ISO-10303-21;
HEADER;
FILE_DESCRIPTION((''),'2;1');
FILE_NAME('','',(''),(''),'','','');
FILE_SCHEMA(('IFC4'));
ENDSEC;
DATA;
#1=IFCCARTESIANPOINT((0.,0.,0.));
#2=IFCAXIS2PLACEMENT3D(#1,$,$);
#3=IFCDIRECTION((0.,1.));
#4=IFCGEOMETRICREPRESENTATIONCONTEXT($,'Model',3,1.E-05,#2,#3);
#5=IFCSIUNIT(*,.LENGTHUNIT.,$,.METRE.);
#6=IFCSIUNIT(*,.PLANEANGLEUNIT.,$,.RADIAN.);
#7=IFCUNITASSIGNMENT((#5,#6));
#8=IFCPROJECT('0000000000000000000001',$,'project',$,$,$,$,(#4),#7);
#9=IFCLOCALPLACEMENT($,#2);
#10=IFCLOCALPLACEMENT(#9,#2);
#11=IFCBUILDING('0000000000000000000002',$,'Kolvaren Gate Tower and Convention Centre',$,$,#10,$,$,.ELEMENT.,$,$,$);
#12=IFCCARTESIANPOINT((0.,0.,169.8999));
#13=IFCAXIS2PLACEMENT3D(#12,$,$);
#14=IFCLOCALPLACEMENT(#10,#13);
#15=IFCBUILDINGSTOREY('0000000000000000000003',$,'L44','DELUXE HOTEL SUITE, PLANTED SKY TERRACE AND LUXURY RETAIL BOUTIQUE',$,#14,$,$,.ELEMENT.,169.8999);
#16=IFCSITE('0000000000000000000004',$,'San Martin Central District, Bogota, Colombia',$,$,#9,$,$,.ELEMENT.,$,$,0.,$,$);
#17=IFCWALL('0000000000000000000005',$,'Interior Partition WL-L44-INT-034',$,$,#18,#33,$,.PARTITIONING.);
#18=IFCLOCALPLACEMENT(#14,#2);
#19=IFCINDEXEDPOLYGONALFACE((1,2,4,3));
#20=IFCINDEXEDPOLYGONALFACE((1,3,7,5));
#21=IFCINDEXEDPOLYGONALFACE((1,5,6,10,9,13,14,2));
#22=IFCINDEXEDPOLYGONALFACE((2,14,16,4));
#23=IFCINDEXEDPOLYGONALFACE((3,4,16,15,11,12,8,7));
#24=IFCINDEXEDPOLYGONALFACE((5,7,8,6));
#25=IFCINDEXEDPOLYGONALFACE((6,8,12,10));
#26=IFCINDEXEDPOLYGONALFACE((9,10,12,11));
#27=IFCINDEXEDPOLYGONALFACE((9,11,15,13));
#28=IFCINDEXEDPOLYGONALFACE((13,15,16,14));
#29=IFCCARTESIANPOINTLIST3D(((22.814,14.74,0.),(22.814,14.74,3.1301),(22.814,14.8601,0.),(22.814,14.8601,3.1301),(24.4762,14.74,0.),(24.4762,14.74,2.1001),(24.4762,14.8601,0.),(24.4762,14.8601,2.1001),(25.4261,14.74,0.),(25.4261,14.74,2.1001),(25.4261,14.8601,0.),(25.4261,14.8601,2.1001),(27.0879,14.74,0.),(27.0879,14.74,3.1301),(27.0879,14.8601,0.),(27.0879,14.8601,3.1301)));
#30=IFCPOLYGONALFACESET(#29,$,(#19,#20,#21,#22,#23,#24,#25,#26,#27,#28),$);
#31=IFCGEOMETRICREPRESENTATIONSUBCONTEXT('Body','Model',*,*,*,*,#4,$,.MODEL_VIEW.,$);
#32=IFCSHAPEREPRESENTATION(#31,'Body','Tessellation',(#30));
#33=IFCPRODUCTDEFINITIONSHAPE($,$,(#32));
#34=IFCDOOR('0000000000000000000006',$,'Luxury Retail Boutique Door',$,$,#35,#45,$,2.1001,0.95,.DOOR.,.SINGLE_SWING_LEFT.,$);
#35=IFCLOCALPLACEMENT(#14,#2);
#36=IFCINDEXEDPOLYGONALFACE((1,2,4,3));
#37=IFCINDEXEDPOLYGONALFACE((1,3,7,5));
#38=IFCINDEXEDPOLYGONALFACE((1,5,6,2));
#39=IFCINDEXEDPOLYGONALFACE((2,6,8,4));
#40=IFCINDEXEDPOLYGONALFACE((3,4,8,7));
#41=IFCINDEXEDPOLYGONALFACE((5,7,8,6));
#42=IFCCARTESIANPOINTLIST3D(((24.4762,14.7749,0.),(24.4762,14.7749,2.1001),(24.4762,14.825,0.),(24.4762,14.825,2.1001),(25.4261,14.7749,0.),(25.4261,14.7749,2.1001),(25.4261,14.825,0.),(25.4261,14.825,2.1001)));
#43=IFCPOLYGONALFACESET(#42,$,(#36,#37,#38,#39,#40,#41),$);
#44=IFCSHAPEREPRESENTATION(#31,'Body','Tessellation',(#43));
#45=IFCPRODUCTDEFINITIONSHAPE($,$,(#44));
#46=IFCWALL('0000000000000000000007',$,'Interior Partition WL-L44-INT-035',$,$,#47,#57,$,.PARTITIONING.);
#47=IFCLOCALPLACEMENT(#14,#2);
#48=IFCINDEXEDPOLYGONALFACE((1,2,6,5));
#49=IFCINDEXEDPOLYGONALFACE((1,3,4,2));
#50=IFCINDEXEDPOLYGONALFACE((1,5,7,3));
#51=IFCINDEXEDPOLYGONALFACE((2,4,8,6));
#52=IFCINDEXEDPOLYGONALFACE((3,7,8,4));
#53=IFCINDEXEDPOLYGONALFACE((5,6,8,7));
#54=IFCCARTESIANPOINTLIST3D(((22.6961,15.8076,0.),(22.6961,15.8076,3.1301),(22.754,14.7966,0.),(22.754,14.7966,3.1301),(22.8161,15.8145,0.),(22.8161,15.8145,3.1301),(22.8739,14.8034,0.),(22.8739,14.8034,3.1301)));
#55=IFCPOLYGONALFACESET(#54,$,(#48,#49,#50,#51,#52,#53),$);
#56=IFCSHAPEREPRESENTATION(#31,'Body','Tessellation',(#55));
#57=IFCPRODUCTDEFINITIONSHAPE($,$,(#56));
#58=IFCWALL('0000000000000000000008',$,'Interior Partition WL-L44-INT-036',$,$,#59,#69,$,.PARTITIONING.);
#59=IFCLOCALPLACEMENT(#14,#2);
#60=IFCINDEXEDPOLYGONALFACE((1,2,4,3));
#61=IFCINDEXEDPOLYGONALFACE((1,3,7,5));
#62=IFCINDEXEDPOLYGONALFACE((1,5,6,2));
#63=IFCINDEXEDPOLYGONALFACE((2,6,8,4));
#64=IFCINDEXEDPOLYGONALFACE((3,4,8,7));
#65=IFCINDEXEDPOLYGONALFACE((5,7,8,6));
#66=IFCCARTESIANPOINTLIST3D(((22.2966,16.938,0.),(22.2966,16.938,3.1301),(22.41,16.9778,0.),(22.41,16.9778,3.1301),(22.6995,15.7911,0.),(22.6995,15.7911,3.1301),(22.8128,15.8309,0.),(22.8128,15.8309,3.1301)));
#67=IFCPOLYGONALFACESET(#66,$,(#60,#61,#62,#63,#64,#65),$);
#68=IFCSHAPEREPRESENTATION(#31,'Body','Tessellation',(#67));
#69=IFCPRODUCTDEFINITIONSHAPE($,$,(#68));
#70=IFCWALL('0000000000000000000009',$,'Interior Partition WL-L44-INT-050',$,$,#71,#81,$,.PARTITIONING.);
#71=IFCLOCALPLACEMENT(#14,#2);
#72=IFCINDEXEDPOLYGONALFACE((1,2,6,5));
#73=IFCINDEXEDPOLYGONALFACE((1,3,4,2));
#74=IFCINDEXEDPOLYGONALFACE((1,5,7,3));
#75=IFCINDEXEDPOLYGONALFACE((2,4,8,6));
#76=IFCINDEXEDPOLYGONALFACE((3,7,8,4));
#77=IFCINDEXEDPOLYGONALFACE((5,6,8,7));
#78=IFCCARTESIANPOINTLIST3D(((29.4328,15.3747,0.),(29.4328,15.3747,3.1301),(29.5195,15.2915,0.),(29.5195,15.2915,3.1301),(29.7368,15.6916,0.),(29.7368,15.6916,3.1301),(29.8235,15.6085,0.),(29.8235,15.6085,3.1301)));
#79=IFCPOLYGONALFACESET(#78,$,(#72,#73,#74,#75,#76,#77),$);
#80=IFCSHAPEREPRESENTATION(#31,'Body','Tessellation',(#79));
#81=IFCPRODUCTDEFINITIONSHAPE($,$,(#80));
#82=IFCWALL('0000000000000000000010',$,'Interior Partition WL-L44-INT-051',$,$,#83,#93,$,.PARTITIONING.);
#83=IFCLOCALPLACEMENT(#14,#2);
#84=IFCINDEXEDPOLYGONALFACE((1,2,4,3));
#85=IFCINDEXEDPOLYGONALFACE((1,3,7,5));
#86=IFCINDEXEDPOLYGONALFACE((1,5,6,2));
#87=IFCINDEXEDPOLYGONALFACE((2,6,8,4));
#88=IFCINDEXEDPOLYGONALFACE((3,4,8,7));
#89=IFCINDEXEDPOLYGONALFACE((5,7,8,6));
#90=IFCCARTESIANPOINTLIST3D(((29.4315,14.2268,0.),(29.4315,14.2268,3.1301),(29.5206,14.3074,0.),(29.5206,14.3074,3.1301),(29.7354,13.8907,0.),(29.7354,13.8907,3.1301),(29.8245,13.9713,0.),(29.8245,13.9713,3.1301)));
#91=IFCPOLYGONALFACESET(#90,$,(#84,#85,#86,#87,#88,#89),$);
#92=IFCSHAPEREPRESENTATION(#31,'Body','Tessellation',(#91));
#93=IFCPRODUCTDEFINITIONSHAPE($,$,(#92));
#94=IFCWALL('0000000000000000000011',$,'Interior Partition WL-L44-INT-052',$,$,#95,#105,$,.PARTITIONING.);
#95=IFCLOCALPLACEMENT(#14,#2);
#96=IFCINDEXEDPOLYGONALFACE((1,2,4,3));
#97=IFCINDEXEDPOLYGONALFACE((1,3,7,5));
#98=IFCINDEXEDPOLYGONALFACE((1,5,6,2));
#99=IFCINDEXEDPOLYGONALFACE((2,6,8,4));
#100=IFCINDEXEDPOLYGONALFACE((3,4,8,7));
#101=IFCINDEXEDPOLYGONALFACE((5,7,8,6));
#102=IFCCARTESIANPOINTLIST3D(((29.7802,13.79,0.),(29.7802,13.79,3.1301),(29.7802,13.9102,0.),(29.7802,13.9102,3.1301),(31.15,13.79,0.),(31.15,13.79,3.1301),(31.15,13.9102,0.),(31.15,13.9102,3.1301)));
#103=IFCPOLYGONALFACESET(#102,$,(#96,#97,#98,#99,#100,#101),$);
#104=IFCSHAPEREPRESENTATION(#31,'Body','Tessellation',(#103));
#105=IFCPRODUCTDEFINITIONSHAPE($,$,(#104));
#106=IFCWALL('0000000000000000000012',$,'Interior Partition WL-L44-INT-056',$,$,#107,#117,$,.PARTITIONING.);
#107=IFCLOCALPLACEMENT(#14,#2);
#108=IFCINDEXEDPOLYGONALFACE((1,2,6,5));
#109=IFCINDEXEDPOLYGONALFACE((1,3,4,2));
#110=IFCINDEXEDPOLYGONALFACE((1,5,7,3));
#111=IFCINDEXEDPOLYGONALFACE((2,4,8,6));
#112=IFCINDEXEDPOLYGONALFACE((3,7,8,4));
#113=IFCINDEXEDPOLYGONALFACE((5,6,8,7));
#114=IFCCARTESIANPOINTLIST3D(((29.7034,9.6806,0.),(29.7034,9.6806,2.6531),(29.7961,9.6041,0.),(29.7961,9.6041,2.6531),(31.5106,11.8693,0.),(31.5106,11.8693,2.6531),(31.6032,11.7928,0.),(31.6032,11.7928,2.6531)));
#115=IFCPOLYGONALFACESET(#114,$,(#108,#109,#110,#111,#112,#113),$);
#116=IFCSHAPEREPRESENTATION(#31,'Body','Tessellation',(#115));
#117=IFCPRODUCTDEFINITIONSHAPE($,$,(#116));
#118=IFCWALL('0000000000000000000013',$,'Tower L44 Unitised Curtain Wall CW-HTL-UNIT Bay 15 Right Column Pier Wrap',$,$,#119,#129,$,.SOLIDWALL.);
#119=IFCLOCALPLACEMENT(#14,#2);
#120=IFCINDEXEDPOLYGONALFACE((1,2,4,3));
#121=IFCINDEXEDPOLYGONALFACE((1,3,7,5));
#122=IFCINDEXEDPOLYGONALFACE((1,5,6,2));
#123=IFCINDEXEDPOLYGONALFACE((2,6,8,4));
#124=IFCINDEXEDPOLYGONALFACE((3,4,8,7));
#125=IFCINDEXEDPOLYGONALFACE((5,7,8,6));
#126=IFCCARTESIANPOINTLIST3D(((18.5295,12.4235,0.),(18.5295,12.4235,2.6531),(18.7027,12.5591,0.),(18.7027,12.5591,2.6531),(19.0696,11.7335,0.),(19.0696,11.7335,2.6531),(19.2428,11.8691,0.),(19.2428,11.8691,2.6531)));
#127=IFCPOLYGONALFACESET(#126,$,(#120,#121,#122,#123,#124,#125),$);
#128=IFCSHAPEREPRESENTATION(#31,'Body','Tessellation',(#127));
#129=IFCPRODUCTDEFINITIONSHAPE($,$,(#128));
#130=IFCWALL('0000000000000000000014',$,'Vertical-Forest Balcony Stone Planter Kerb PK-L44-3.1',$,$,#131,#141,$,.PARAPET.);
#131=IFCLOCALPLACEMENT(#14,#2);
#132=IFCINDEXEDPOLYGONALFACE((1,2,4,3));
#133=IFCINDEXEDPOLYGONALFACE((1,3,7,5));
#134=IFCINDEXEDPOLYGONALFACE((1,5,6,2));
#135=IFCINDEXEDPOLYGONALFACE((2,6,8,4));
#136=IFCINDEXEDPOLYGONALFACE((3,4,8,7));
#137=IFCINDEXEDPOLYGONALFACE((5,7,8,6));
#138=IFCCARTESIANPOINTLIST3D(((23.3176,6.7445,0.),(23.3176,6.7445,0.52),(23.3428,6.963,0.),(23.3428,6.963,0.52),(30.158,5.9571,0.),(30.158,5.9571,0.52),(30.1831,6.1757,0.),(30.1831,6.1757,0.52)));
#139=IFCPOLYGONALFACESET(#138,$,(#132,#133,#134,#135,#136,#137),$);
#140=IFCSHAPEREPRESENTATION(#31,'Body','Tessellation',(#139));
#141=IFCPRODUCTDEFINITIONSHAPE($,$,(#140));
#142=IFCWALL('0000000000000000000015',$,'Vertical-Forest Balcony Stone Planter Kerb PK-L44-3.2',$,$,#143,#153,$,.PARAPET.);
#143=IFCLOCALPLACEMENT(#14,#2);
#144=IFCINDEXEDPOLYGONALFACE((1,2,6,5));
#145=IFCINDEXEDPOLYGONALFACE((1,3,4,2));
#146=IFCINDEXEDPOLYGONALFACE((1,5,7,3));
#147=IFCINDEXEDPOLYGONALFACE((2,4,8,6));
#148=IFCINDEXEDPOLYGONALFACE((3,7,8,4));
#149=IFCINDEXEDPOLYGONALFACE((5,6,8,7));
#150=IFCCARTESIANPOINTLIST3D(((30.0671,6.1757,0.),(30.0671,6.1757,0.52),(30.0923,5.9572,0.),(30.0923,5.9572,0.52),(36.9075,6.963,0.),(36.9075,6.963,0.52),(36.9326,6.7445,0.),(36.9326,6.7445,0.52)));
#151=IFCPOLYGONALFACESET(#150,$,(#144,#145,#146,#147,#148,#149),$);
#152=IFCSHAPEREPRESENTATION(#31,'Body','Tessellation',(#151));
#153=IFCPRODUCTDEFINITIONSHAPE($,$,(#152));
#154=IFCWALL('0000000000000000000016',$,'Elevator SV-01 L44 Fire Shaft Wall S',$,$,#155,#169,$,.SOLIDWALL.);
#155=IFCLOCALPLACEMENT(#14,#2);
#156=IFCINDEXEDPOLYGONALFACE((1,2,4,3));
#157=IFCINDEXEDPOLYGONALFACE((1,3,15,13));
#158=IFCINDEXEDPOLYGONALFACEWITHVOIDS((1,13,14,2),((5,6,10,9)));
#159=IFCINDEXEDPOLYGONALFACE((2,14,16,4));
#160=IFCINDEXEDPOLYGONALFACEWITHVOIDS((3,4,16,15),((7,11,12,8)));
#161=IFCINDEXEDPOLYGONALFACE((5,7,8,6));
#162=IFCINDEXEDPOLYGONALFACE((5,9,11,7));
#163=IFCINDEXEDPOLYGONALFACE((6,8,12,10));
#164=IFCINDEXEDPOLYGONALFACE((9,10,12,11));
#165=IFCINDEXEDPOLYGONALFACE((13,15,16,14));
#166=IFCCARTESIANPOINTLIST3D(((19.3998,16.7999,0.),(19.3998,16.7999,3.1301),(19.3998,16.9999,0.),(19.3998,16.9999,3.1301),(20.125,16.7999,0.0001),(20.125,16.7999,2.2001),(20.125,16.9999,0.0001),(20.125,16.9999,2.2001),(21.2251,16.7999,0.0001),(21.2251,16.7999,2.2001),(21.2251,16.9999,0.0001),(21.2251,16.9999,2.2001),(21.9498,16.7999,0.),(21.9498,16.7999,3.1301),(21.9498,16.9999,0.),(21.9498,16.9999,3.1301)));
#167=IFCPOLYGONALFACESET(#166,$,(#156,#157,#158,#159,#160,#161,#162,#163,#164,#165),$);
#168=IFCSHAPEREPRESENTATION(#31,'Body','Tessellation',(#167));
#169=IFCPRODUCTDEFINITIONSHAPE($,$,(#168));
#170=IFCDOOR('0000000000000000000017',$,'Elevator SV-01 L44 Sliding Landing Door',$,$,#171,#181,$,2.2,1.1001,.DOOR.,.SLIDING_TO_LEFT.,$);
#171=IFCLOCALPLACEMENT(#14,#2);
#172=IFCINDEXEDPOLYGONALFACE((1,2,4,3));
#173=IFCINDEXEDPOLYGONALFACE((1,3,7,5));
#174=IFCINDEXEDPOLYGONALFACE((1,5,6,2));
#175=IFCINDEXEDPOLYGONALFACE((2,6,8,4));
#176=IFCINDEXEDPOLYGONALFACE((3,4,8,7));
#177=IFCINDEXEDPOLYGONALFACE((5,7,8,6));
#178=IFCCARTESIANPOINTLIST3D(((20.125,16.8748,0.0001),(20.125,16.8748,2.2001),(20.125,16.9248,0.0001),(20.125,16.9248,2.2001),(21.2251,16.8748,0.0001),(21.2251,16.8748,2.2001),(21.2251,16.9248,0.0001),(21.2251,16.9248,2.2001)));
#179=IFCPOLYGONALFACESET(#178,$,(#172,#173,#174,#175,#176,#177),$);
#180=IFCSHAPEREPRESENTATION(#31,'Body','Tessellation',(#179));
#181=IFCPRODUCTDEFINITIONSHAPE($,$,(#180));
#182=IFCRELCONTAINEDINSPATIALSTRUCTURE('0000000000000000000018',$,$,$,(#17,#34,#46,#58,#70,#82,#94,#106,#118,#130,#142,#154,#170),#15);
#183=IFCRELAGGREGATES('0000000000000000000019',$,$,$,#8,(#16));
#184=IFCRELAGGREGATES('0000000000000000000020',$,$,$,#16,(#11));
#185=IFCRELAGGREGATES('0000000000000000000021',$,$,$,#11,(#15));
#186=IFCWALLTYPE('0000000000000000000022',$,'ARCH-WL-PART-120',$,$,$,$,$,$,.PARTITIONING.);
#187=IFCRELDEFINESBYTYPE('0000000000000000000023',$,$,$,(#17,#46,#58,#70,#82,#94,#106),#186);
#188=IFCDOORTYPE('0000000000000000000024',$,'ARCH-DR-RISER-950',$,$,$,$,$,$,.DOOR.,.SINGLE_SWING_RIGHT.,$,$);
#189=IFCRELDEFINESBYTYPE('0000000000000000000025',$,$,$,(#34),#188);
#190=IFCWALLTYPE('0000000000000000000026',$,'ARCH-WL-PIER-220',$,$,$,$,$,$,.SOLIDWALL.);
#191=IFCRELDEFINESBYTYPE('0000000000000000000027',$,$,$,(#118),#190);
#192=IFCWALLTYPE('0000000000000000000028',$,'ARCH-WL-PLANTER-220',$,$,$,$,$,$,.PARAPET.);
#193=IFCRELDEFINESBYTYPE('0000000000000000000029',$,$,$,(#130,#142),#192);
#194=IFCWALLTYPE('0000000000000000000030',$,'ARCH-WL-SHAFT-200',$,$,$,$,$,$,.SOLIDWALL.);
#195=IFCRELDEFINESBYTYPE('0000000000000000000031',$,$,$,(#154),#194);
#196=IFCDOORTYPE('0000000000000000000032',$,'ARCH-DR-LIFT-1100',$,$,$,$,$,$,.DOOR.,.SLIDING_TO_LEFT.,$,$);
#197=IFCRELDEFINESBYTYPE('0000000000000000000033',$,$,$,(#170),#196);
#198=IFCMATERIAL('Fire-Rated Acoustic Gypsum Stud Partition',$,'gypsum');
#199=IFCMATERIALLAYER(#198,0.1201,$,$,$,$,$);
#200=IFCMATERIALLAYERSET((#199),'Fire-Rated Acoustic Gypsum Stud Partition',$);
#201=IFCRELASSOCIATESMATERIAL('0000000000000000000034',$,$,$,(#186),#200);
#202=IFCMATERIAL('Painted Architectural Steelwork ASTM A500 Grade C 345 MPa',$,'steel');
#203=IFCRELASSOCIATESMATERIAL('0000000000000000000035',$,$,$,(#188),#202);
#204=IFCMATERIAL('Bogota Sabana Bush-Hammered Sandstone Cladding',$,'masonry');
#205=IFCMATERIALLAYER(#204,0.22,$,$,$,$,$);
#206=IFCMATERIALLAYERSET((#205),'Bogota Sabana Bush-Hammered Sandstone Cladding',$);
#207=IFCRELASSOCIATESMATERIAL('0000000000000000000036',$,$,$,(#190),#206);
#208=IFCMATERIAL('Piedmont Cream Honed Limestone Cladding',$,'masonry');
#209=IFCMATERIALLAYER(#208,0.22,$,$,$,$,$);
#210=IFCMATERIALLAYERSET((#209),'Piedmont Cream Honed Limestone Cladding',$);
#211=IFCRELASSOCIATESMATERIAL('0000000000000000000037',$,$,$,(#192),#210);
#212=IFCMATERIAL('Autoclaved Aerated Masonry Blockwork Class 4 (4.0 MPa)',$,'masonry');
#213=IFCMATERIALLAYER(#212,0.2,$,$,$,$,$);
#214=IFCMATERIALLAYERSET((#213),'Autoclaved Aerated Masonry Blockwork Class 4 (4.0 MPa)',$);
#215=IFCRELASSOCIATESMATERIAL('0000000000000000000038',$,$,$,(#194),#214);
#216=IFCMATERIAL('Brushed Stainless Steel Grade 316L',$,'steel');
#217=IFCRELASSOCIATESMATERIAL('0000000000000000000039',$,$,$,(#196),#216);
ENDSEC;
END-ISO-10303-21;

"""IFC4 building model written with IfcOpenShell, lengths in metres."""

from ifc_helpers import new_model, si_unit, direction, frame, frame_2d, origin, place, context, subcontext, project, spatial, rectangle, extrude, material, layer, layer_set, type_object, element, fill, save


model = new_model("IFC4")

# Units and contexts
model_context = context("Model", 3, precision=1e-05, world=origin(), true_north=direction((0.0, 1.0)))
body_context = subcontext(model_context, "Body", "Model", "MODEL_VIEW")
ifc_project = project(units=[si_unit("LENGTHUNIT", "METRE"), si_unit("PLANEANGLEUNIT", "RADIAN")], contexts=[model_context])

# Site, building, storey
site_placement = place(None, origin())
site = spatial("IfcSite", under=ifc_project, at=site_placement, Name="San Martin Central District, Bogota, Colombia", CompositionType="ELEMENT", RefElevation=0.0)
building_placement = place(site_placement, origin())
building = spatial("IfcBuilding", under=site, at=building_placement, Name="Kolvaren Gate Tower and Convention Centre", CompositionType="ELEMENT")
storey_placement = place(building_placement, frame((0.0, 0.0, 169.8999)))
storey = spatial("IfcBuildingStorey", under=building, at=storey_placement, Name="L44", Description="DELUXE HOTEL SUITE, PLANTED SKY TERRACE AND LUXURY RETAIL BOUTIQUE", CompositionType="ELEMENT", Elevation=169.8999)

# Shared definitions
ifc_material_1 = material(Name="Fire-Rated Acoustic Gypsum Stud Partition", Category="gypsum")
ifc_layer_1 = layer(ifc_material_1, 0.1201)
ifc_layer_set_1 = layer_set([ifc_layer_1], Name="Fire-Rated Acoustic Gypsum Stud Partition")
wall_type_1 = type_object("IfcWallType", Name="ARCH-WL-PART-120", PredefinedType="PARTITIONING", material=ifc_layer_set_1)

# Wall, opening, door
wall_1_placement = place(storey_placement, frame((22.814, 14.8, 0.0), z_axis=(0.0, 0.0, 1.0), x_axis=(1.0, 0.0, 0.0)))
wall_1 = element("IfcWall", 1, at=wall_1_placement, inside=storey, type_object=wall_type_1, Name="Interior Partition WL-L44-INT-034", PredefinedType="PARTITIONING", context=body_context, shape_type="SweptSolid", body=[
    extrude(rectangle(XDim=4.2739, YDim=0.1201, at=frame_2d((2.137, 0.0))), origin(), (0.0, 0.0, 1.0), 3.1301),
])
opening_1_placement = place(wall_1_placement, frame((1.6621, 0.0, 0.0)))
opening_1 = element("IfcOpeningElement", 2, at=opening_1_placement, cuts=wall_1, PredefinedType="OPENING", context=body_context, shape_type="SweptSolid", body=[
    extrude(rectangle(XDim=0.95, YDim=2.1001, at=frame_2d((0.4751, 1.05))), frame((0.0, 0.0701, 0.0), z_axis=(0.0, -1.0, 0.0), x_axis=(1.0, 0.0, 0.0)), (0.0, 0.0, 1.0), 0.1401),
])
ifc_material_2 = material(Name="Painted Architectural Steelwork ASTM A500 Grade C 345 MPa", Category="steel")
door_type_1 = type_object("IfcDoorType", Name="ARCH-DR-RISER-950", OperationType="SINGLE_SWING_RIGHT", PredefinedType="DOOR", material=ifc_material_2)
door_1_placement = place(opening_1_placement, origin())
door_1 = element("IfcDoor", 3, at=door_1_placement, inside=storey, type_object=door_type_1, Name="Luxury Retail Boutique Door", OperationType="SINGLE_SWING_LEFT", OverallHeight=2.1001, OverallWidth=0.95, PredefinedType="DOOR", context=body_context, shape_type="SweptSolid", body=[
    extrude(rectangle(XDim=0.95, YDim=2.1001, at=frame_2d((0.4751, 1.05))), frame((0.0, 0.0249, 0.0), z_axis=(0.0, -1.0, 0.0), x_axis=(1.0, 0.0, 0.0)), (0.0, 0.0, 1.0), 0.05),
])
fill(opening_1, door_1)

# Walls
wall_2_placement = place(storey_placement, frame((22.7561, 15.811, 0.0), z_axis=(0.0, 0.0, 1.0), x_axis=(0.057139, -0.998366, 0.0)))
element("IfcWall", 4, at=wall_2_placement, inside=storey, type_object=wall_type_1, Name="Interior Partition WL-L44-INT-035", PredefinedType="PARTITIONING", context=body_context, shape_type="SweptSolid", body=[
    extrude(rectangle(XDim=1.0127, YDim=0.1201, at=frame_2d((0.5063, 0.0))), origin(), (0.0, 0.0, 1.0), 3.1301),
])
wall_3_placement = place(storey_placement, frame((22.3533, 16.958, 0.0), z_axis=(0.0, 0.0, 1.0), x_axis=(0.33137, -0.943501, 0.0)))
element("IfcWall", 5, at=wall_3_placement, inside=storey, type_object=wall_type_1, Name="Interior Partition WL-L44-INT-036", PredefinedType="PARTITIONING", context=body_context, shape_type="SweptSolid", body=[
    extrude(rectangle(XDim=1.2156, YDim=0.1201, at=frame_2d((0.6079, 0.0))), origin(), (0.0, 0.0, 1.0), 3.1301),
])
wall_4_placement = place(storey_placement, frame((29.4761, 15.333, 0.0), z_axis=(0.0, 0.0, 1.0), x_axis=(0.692219, 0.721687, 0.0)))
element("IfcWall", 6, at=wall_4_placement, inside=storey, type_object=wall_type_1, Name="Interior Partition WL-L44-INT-050", PredefinedType="PARTITIONING", context=body_context, shape_type="SweptSolid", body=[
    extrude(rectangle(XDim=0.4392, YDim=0.1201, at=frame_2d((0.2197, 0.0))), origin(), (0.0, 0.0, 1.0), 3.1301),
])
wall_5_placement = place(storey_placement, frame((29.4761, 14.2671, 0.0), z_axis=(0.0, 0.0, 1.0), x_axis=(0.670659, -0.741765, 0.0)))
element("IfcWall", 7, at=wall_5_placement, inside=storey, type_object=wall_type_1, Name="Interior Partition WL-L44-INT-051", PredefinedType="PARTITIONING", context=body_context, shape_type="SweptSolid", body=[
    extrude(rectangle(XDim=0.4531, YDim=0.1201, at=frame_2d((0.2266, 0.0))), origin(), (0.0, 0.0, 1.0), 3.1301),
])
wall_6_placement = place(storey_placement, frame((29.78, 13.8501, 0.0), z_axis=(0.0, 0.0, 1.0), x_axis=(1.0, 0.0, 0.0)))
element("IfcWall", 8, at=wall_6_placement, inside=storey, type_object=wall_type_1, Name="Interior Partition WL-L44-INT-052", PredefinedType="PARTITIONING", context=body_context, shape_type="SweptSolid", body=[
    extrude(rectangle(XDim=1.3699, YDim=0.1201, at=frame_2d((0.6851, 0.0))), origin(), (0.0, 0.0, 1.0), 3.1301),
])
wall_7_placement = place(storey_placement, frame((29.7498, 9.6423, 0.0), z_axis=(0.0, 0.0, 1.0), x_axis=(0.636684, 0.771125, 0.0)))
element("IfcWall", 9, at=wall_7_placement, inside=storey, type_object=wall_type_1, Name="Interior Partition WL-L44-INT-056", PredefinedType="PARTITIONING", context=body_context, shape_type="SweptSolid", body=[
    extrude(rectangle(XDim=2.8384, YDim=0.1201, at=frame_2d((1.4192, 0.0))), origin(), (0.0, 0.0, 1.0), 2.6531),
])
ifc_material_3 = material(Name="Bogota Sabana Bush-Hammered Sandstone Cladding", Category="masonry")
ifc_layer_2 = layer(ifc_material_3, 0.22)
ifc_layer_set_2 = layer_set([ifc_layer_2], Name="Bogota Sabana Bush-Hammered Sandstone Cladding")
wall_type_2 = type_object("IfcWallType", Name="ARCH-WL-PIER-220", PredefinedType="SOLIDWALL", material=ifc_layer_set_2)
wall_8_placement = place(storey_placement, frame((18.6162, 12.4912, 0.0), z_axis=(0.0, 0.0, 1.0), x_axis=(0.616368, -0.787458, 0.0)))
element("IfcWall", 10, at=wall_8_placement, inside=storey, type_object=wall_type_2, Name="Tower L44 Unitised Curtain Wall CW-HTL-UNIT Bay 15 Right Column Pier Wrap", PredefinedType="SOLIDWALL", context=body_context, shape_type="SweptSolid", body=[
    extrude(rectangle(XDim=0.8762, YDim=0.22, at=frame_2d((0.438, 0.0))), origin(), (0.0, 0.0, 1.0), 2.6531),
])
ifc_material_4 = material(Name="Piedmont Cream Honed Limestone Cladding", Category="masonry")
ifc_layer_3 = layer(ifc_material_4, 0.22)
ifc_layer_set_3 = layer_set([ifc_layer_3], Name="Piedmont Cream Honed Limestone Cladding")
wall_type_3 = type_object("IfcWallType", Name="ARCH-WL-PLANTER-220", PredefinedType="PARAPET", material=ifc_layer_set_3)
for number, where, z_axis, x_axis, name in (
    (11, (23.3301, 6.8538, 0.0), (0.0, 0.0, 1.0), (0.993441, -0.11435, 0.0), "Vertical-Forest Balcony Stone Planter Kerb PK-L44-3.1"),
    (12, (30.0796, 6.0664, 0.0), (0.0, 0.0, 1.0), (0.993441, 0.11435, 0.0), "Vertical-Forest Balcony Stone Planter Kerb PK-L44-3.2"),
):
    element("IfcWall", number, at=place(storey_placement, frame(where, z_axis=z_axis, x_axis=x_axis)), inside=storey, type_object=wall_type_3, Name=name, PredefinedType="PARAPET", context=body_context, shape_type="SweptSolid", body=[
        extrude(rectangle(XDim=6.8855, YDim=0.22, at=frame_2d((3.4429, 0.0))), origin(), (0.0, 0.0, 1.0), 0.52),
    ])

# Wall, opening, door
ifc_material_5 = material(Name="Autoclaved Aerated Masonry Blockwork Class 4 (4.0 MPa)", Category="masonry")
ifc_layer_4 = layer(ifc_material_5, 0.2)
ifc_layer_set_4 = layer_set([ifc_layer_4], Name="Autoclaved Aerated Masonry Blockwork Class 4 (4.0 MPa)")
wall_type_4 = type_object("IfcWallType", Name="ARCH-WL-SHAFT-200", PredefinedType="SOLIDWALL", material=ifc_layer_set_4)
wall_9_placement = place(storey_placement, frame((19.3999, 16.8999, 0.0), z_axis=(0.0, 0.0, 1.0), x_axis=(1.0, 0.0, 0.0)))
wall_9 = element("IfcWall", 13, at=wall_9_placement, inside=storey, type_object=wall_type_4, Name="Elevator SV-01 L44 Fire Shaft Wall S", PredefinedType="SOLIDWALL", context=body_context, shape_type="SweptSolid", body=[
    extrude(rectangle(XDim=2.55, YDim=0.2, at=frame_2d((1.2749, 0.0))), origin(), (0.0, 0.0, 1.0), 3.1301),
])
opening_2_placement = place(wall_9_placement, frame((0.7251, 0.0, 0.0)))
opening_2 = element("IfcOpeningElement", 14, at=opening_2_placement, cuts=wall_9, PredefinedType="OPENING", context=body_context, shape_type="SweptSolid", body=[
    extrude(rectangle(XDim=1.1001, YDim=2.2, at=frame_2d((0.55, 1.1001))), frame((0.0, 0.1099, 0.0), z_axis=(0.0, -1.0, 0.0), x_axis=(1.0, 0.0, 0.0)), (0.0, 0.0, 1.0), 0.22),
])
ifc_material_6 = material(Name="Brushed Stainless Steel Grade 316L", Category="steel")
door_type_2 = type_object("IfcDoorType", Name="ARCH-DR-LIFT-1100", OperationType="SLIDING_TO_LEFT", PredefinedType="DOOR", material=ifc_material_6)
door_2_placement = place(opening_2_placement, origin())
door_2 = element("IfcDoor", 15, at=door_2_placement, inside=storey, type_object=door_type_2, Name="Elevator SV-01 L44 Sliding Landing Door", OperationType="SLIDING_TO_LEFT", OverallHeight=2.2, OverallWidth=1.1001, PredefinedType="DOOR", context=body_context, shape_type="SweptSolid", body=[
    extrude(rectangle(XDim=1.1001, YDim=2.2, at=frame_2d((0.55, 1.1001))), frame((0.0, 0.0249, 0.0), z_axis=(0.0, -1.0, 0.0), x_axis=(1.0, 0.0, 0.0)), (0.0, 0.0, 1.0), 0.05),
])
fill(opening_2, door_2)

save(model, "model.ifc")
